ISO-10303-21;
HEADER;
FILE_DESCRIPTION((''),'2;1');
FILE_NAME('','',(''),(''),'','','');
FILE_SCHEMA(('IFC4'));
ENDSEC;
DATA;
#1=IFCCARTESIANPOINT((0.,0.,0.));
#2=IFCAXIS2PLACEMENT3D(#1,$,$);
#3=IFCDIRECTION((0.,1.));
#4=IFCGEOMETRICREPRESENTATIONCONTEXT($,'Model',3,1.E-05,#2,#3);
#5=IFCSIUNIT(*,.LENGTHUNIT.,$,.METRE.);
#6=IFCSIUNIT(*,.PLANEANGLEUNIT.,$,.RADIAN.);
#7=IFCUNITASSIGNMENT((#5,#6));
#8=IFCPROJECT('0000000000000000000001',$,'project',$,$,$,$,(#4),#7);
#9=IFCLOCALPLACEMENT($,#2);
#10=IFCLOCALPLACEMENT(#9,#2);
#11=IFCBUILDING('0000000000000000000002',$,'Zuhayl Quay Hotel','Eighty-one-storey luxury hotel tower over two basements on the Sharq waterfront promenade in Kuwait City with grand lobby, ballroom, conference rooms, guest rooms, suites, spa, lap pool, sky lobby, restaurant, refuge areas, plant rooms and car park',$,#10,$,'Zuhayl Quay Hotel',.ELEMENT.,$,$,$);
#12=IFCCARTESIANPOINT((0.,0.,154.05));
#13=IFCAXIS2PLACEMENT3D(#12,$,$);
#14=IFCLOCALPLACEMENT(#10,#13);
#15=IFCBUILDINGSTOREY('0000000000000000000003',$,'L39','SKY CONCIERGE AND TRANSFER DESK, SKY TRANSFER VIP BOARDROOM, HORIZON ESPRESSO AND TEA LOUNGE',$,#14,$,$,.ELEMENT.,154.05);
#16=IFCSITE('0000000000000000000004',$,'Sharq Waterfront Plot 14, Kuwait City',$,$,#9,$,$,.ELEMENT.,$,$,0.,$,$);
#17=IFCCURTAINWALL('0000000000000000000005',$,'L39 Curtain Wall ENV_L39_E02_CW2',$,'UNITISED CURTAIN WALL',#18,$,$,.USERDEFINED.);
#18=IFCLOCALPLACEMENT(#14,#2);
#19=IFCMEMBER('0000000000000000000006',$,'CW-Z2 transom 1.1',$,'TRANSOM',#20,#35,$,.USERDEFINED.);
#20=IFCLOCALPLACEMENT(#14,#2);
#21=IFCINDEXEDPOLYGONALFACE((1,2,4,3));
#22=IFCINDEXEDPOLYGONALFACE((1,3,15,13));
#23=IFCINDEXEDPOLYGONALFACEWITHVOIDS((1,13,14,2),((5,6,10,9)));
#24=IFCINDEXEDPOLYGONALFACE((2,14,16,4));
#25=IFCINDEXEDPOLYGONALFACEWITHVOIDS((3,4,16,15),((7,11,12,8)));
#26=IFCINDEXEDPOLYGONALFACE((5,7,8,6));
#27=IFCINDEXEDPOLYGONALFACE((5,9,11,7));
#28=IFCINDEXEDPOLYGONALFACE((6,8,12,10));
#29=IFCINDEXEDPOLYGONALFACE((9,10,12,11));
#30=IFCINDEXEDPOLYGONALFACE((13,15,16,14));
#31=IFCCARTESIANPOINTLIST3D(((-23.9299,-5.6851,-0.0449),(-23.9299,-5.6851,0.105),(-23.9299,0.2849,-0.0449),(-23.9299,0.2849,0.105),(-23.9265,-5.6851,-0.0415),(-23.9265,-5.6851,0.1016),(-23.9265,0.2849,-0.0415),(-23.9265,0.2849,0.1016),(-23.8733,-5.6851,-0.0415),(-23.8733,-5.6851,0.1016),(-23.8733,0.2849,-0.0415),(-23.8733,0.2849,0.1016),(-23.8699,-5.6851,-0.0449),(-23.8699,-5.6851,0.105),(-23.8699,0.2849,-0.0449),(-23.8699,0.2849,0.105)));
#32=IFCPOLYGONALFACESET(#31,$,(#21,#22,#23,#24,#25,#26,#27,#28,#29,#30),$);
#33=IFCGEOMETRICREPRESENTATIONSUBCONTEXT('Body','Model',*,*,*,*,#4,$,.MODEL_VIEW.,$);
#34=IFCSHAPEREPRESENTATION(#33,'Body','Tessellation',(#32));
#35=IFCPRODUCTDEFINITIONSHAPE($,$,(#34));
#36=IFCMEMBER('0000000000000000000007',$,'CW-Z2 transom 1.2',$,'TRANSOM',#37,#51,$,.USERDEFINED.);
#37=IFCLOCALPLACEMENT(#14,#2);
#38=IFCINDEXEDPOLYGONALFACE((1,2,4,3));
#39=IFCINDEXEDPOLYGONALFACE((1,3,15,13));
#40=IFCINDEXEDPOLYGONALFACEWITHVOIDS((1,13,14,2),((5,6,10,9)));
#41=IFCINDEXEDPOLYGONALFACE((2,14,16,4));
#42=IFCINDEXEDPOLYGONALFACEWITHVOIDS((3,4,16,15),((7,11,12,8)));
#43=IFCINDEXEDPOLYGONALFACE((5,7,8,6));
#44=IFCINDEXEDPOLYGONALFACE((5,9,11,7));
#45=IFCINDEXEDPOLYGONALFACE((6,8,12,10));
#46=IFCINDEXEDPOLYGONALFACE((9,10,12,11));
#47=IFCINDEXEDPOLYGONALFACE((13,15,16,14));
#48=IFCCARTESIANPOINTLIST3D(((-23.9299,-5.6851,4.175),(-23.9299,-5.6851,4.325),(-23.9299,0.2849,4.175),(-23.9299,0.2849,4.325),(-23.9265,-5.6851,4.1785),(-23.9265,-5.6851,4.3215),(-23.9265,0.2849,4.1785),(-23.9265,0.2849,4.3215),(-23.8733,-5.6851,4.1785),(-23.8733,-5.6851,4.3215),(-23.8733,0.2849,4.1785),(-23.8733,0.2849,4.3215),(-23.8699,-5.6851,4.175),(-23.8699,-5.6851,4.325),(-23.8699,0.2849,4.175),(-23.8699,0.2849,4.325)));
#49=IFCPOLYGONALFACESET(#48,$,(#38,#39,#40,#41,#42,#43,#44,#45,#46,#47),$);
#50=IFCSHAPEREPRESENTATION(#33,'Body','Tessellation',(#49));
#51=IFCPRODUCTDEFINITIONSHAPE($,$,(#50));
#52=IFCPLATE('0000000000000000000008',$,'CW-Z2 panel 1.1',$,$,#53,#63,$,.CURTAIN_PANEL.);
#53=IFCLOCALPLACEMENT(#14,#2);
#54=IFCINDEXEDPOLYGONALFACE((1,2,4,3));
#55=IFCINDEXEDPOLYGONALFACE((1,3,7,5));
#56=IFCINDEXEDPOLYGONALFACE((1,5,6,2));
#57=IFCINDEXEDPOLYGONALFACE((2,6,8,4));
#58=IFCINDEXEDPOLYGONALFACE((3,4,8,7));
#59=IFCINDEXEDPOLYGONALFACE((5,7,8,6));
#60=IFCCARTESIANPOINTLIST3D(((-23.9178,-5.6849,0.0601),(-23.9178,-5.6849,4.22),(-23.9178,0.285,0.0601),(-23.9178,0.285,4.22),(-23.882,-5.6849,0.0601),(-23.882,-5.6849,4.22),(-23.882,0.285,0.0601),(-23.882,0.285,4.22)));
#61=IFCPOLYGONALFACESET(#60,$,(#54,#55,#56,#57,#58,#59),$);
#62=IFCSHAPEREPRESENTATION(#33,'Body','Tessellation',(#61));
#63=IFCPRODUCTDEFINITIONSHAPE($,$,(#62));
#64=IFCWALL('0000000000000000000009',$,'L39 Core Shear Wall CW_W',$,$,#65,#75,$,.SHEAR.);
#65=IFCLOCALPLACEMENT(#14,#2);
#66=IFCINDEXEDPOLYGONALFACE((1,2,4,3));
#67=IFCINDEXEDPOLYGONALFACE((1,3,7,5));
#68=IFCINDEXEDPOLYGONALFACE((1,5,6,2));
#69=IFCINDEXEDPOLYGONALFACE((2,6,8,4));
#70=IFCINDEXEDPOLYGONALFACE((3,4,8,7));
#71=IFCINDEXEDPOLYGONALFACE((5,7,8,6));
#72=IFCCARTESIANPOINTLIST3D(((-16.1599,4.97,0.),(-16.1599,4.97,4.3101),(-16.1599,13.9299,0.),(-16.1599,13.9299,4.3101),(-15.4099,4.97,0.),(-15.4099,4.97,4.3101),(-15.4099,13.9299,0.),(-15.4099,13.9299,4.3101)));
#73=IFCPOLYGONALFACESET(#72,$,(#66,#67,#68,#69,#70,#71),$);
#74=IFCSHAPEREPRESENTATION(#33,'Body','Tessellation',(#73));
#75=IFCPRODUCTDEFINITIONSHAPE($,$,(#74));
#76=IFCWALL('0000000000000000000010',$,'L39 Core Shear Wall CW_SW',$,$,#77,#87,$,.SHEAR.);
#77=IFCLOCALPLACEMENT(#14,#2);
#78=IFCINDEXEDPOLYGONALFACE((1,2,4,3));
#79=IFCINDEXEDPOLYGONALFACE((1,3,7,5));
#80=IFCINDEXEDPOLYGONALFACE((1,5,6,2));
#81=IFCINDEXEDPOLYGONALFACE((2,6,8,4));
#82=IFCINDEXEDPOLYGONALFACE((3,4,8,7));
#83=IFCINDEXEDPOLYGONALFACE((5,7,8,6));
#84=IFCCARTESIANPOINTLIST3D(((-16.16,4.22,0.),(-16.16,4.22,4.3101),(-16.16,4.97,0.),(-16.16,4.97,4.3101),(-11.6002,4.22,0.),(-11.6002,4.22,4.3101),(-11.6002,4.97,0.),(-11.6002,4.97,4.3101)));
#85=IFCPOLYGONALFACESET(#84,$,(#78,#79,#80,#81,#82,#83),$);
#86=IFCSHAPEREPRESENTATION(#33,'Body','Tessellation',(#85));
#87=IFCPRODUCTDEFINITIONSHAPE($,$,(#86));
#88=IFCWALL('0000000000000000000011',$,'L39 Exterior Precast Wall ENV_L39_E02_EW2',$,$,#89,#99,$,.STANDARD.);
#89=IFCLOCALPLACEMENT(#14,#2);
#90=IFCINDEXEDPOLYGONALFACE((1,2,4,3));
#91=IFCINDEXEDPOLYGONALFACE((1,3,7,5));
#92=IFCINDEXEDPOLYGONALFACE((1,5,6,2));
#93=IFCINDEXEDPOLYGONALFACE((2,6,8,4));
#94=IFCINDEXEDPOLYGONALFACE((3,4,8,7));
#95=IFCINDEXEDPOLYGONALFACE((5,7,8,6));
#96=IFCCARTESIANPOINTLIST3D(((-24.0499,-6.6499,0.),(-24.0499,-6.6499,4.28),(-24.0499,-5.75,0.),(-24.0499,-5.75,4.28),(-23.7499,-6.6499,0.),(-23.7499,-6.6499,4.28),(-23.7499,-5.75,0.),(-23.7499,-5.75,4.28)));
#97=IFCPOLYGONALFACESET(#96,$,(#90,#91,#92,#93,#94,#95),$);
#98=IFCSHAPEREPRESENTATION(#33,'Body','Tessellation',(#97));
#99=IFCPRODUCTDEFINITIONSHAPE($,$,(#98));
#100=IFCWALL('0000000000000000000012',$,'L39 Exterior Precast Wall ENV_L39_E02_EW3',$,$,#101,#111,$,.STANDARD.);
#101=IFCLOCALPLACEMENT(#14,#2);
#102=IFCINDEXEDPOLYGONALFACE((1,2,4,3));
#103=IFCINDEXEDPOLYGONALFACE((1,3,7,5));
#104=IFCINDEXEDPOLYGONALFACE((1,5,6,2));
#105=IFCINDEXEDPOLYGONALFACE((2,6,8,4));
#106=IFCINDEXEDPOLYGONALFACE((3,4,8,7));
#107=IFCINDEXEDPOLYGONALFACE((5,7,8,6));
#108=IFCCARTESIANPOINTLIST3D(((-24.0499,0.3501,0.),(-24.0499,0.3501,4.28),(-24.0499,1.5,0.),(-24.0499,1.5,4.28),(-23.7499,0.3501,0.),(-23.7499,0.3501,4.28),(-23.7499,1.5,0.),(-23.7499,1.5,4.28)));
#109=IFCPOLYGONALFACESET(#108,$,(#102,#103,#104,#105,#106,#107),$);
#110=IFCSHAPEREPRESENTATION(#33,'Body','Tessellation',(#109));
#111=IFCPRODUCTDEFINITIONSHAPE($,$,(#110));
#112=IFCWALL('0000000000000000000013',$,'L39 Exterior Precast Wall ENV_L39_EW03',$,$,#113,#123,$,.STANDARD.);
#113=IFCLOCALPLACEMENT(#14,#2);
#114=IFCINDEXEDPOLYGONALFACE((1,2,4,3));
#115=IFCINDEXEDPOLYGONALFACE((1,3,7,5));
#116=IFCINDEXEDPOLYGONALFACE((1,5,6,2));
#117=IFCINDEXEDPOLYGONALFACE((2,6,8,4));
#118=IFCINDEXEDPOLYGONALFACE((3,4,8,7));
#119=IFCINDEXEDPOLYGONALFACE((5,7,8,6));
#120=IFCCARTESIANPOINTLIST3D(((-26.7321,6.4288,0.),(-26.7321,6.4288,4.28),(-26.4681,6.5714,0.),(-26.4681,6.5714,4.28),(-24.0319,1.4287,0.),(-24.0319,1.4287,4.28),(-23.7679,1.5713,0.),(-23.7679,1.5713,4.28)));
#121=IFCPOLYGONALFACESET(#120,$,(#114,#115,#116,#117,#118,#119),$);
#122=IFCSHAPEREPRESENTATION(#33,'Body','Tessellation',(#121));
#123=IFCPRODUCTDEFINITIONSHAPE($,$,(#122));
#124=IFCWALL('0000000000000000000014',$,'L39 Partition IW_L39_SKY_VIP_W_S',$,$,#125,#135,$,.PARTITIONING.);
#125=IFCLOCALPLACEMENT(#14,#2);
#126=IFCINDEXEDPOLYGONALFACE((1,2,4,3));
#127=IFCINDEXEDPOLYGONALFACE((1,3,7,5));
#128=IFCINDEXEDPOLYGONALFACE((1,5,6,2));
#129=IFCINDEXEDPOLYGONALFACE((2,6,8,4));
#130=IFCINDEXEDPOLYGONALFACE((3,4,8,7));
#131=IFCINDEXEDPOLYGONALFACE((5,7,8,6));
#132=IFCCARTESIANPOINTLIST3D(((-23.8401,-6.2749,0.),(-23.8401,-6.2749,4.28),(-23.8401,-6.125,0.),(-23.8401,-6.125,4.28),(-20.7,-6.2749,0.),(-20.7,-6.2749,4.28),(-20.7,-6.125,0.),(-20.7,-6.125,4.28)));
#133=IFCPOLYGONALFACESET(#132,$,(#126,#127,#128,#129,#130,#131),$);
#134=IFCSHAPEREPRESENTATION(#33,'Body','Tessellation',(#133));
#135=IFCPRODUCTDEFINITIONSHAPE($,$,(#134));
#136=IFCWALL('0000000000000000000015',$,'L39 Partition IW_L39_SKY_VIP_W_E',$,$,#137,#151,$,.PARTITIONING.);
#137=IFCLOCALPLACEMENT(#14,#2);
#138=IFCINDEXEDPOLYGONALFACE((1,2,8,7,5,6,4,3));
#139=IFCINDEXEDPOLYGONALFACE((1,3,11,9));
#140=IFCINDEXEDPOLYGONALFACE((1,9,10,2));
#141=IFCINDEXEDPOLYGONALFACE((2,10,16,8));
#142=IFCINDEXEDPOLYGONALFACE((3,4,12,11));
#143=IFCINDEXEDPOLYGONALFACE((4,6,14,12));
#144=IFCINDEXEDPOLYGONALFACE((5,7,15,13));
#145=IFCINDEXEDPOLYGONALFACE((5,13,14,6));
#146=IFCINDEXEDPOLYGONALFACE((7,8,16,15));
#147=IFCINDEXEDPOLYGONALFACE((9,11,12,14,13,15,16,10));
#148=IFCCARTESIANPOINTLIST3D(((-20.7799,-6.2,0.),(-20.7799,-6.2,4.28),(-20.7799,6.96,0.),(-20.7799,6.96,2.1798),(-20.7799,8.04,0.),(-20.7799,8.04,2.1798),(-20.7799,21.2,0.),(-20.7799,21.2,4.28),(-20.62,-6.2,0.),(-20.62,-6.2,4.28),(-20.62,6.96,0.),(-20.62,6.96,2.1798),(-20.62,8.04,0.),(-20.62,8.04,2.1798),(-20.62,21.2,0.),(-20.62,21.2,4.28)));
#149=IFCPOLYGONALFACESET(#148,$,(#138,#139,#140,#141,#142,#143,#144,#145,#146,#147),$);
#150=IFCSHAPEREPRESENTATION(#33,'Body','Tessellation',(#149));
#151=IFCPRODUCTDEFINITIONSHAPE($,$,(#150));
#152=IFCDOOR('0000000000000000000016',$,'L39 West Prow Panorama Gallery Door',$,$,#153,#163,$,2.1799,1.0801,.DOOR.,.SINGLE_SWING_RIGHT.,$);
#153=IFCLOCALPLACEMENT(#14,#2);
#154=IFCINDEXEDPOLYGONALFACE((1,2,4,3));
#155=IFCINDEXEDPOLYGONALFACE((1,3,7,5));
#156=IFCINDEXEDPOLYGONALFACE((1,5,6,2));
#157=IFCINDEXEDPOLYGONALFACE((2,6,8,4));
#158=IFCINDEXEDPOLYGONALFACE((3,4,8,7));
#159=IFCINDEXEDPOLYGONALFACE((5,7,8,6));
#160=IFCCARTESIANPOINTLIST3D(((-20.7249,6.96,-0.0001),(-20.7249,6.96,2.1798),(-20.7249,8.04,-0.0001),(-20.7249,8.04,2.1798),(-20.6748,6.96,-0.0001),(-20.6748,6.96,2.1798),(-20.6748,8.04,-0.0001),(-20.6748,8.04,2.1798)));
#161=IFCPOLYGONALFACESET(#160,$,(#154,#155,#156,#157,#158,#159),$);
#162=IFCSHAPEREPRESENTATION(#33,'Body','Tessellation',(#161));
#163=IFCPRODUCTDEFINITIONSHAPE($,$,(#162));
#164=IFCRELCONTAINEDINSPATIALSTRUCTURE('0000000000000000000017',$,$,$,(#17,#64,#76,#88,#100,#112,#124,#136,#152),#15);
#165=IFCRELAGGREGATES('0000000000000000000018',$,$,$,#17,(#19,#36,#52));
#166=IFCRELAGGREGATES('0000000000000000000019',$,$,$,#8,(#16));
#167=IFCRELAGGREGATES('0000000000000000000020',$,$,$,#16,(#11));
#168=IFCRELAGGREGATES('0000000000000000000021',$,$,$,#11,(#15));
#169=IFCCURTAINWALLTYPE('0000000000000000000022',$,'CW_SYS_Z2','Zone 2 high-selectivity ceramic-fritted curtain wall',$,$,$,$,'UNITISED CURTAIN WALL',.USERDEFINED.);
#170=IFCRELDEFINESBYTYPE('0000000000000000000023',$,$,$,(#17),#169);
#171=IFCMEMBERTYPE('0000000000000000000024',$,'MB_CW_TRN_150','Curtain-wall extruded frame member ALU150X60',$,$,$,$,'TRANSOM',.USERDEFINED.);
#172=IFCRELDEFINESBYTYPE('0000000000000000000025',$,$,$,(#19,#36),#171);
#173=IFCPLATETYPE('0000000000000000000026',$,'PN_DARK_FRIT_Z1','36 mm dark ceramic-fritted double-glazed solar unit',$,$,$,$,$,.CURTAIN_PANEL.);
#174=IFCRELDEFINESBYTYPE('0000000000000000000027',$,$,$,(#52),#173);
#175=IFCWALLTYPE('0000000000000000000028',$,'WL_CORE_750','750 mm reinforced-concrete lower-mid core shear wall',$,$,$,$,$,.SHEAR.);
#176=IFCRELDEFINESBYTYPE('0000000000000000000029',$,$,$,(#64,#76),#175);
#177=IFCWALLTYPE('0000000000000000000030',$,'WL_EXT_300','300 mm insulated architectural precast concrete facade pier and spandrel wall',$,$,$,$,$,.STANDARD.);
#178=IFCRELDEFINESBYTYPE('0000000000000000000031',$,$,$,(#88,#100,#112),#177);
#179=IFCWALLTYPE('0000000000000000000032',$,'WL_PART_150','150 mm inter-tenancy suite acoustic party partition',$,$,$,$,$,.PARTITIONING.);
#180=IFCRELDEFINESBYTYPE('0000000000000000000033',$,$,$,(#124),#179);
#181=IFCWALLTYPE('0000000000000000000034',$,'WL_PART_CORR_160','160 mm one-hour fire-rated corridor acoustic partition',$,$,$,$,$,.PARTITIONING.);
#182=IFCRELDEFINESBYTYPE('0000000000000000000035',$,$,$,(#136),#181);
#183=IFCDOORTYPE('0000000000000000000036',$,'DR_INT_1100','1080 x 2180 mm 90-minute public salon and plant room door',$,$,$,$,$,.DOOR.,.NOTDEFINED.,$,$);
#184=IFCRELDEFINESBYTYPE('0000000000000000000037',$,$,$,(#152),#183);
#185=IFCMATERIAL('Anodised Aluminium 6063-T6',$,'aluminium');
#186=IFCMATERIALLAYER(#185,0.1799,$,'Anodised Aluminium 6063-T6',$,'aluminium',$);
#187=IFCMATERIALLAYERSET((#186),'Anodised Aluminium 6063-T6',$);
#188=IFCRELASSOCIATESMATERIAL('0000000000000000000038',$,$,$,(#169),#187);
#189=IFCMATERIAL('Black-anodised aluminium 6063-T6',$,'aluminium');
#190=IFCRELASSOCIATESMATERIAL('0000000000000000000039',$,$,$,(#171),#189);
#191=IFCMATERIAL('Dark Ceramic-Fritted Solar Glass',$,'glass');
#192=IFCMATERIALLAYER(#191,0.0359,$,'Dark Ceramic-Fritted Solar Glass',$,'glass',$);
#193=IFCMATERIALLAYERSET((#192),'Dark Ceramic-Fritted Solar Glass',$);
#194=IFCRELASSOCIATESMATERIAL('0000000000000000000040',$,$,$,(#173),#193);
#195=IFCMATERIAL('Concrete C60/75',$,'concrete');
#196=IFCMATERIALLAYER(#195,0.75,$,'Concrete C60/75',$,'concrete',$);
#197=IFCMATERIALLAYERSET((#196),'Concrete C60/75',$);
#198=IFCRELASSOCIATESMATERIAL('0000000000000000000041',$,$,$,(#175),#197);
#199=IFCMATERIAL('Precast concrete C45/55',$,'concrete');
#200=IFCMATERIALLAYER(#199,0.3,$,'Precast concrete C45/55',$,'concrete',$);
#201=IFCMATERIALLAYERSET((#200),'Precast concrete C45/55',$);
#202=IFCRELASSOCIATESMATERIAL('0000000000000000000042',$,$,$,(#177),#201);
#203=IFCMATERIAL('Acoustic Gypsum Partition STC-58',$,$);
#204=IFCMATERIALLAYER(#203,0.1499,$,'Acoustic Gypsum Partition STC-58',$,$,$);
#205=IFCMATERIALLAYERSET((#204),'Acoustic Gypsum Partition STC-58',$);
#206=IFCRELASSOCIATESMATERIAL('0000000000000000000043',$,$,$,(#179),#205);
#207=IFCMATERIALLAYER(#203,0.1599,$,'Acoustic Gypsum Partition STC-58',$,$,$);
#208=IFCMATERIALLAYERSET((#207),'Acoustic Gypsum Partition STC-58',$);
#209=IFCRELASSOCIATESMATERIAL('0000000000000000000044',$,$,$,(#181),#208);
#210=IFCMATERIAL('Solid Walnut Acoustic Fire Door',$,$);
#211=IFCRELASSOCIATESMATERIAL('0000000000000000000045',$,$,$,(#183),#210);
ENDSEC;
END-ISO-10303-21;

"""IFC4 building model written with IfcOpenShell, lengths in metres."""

from ifc_helpers import new_model, si_unit, direction, frame, frame_2d, origin, origin_2d, place, context, subcontext, project, spatial, rectangle, hollow_rectangle, extrude, material, layer, layer_set, material_profile, profile_set, type_object, element, fill, aggregate, save


model = new_model("IFC4")

# Units and contexts
model_context = context("Model", 3, precision=1e-05, world=origin(), true_north=direction((0.0, 1.0)))
body_context = subcontext(model_context, "Body", "Model", "MODEL_VIEW")
ifc_project = project(units=[si_unit("LENGTHUNIT", "METRE"), si_unit("PLANEANGLEUNIT", "RADIAN")], contexts=[model_context])

# Site, building, storey
site_placement = place(None, origin())
site = spatial("IfcSite", under=ifc_project, at=site_placement, Name="Sharq Waterfront Plot 14, Kuwait City", CompositionType="ELEMENT", RefElevation=0.0)
building_placement = place(site_placement, origin())
building = spatial("IfcBuilding", under=site, at=building_placement, Name="Zuhayl Quay Hotel", Description="Eighty-one-storey luxury hotel tower over two basements on the Sharq waterfront promenade in Kuwait City with grand lobby, ballroom, conference rooms, guest rooms, suites, spa, lap pool, sky lobby, restaurant, refuge areas, plant rooms and car park", LongName="Zuhayl Quay Hotel", CompositionType="ELEMENT")
storey_placement = place(building_placement, frame((0.0, 0.0, 154.05)))
storey = spatial("IfcBuildingStorey", under=building, at=storey_placement, Name="L39", Description="SKY CONCIERGE AND TRANSFER DESK, SKY TRANSFER VIP BOARDROOM, HORIZON ESPRESSO AND TEA LOUNGE", CompositionType="ELEMENT", Elevation=154.05)

# Shared definitions
ifc_material_1 = material(Name="Anodised Aluminium 6063-T6", Category="aluminium")
ifc_layer_1 = layer(ifc_material_1, 0.1799, Name="Anodised Aluminium 6063-T6", Category="aluminium")
ifc_layer_set_1 = layer_set([ifc_layer_1], Name="Anodised Aluminium 6063-T6")
curtain_wall_type = type_object("IfcCurtainWallType", Name="CW_SYS_Z2", Description="Zone 2 high-selectivity ceramic-fritted curtain wall", ElementType="UNITISED CURTAIN WALL", PredefinedType="USERDEFINED", material=ifc_layer_set_1)
ifc_material_2 = material(Name="Black-anodised aluminium 6063-T6", Category="aluminium")

# Curtain wall, members, plate
curtain_wall_1_placement = place(storey_placement, origin())
curtain_wall_1 = element("IfcCurtainWall", 1, at=curtain_wall_1_placement, inside=storey, type_object=curtain_wall_type, Name="L39 Curtain Wall ENV_L39_E02_CW2", ObjectType="UNITISED CURTAIN WALL", PredefinedType="USERDEFINED")
ifc_material_profile_1 = material_profile(ifc_material_2, hollow_rectangle(XDim=0.0601, YDim=0.1499, WallThickness=0.0034, at=origin_2d()), Name="ALU150X60")
ifc_profile_set_1 = profile_set([ifc_material_profile_1], Name="Black-anodised aluminium 6063-T6")
member_type_1 = type_object("IfcMemberType", Name="MB_CW_TRN_150", Description="Curtain-wall extruded frame member ALU150X60", ElementType="TRANSOM", PredefinedType="USERDEFINED", material=ifc_profile_set_1)
member_1_placement = place(storey_placement, frame((-23.8999, -5.6851, 0.03), z_axis=(0.0, 1.0, 0.0), x_axis=(-1.0, 0.0, 0.0)))
member_1 = element("IfcMember", 2, at=member_1_placement, type_object=member_type_1, Name="CW-Z2 transom 1.1", ObjectType="TRANSOM", PredefinedType="USERDEFINED", context=body_context, shape_type="SweptSolid", body=[
    extrude(hollow_rectangle(XDim=0.0601, YDim=0.1499, WallThickness=0.0034, at=origin_2d()), origin(), (0.0, 0.0, 1.0), 5.97),
])
member_2_placement = place(storey_placement, frame((-23.8999, -5.6851, 4.25), z_axis=(0.0, 1.0, 0.0), x_axis=(-1.0, 0.0, 0.0)))
member_2 = element("IfcMember", 3, at=member_2_placement, type_object=member_type_1, Name="CW-Z2 transom 1.2", ObjectType="TRANSOM", PredefinedType="USERDEFINED", context=body_context, shape_type="SweptSolid", body=[
    extrude(hollow_rectangle(XDim=0.0601, YDim=0.1499, WallThickness=0.0034, at=origin_2d()), origin(), (0.0, 0.0, 1.0), 5.97),
])
ifc_material_3 = material(Name="Dark Ceramic-Fritted Solar Glass", Category="glass")
ifc_layer_2 = layer(ifc_material_3, 0.0359, Name="Dark Ceramic-Fritted Solar Glass", Category="glass")
ifc_layer_set_2 = layer_set([ifc_layer_2], Name="Dark Ceramic-Fritted Solar Glass")
plate_type = type_object("IfcPlateType", Name="PN_DARK_FRIT_Z1", Description="36 mm dark ceramic-fritted double-glazed solar unit", PredefinedType="CURTAIN_PANEL", material=ifc_layer_set_2)
plate_placement = place(storey_placement, frame((-23.8999, -2.7, 0.0601), z_axis=(0.0, 0.0, 1.0), x_axis=(0.0, 1.0, 0.0)))
plate = element("IfcPlate", 4, at=plate_placement, type_object=plate_type, Name="CW-Z2 panel 1.1", PredefinedType="CURTAIN_PANEL", context=body_context, shape_type="SweptSolid", body=[
    extrude(rectangle(XDim=5.97, YDim=0.0359, at=origin_2d()), origin(), (0.0, 0.0, 1.0), 4.1599),
])
aggregate(curtain_wall_1, [member_1, member_2, plate])

# Walls
ifc_material_4 = material(Name="Concrete C60/75", Category="concrete")
ifc_layer_3 = layer(ifc_material_4, 0.75, Name="Concrete C60/75", Category="concrete")
ifc_layer_set_3 = layer_set([ifc_layer_3], Name="Concrete C60/75")
wall_type_1 = type_object("IfcWallType", Name="WL_CORE_750", Description="750 mm reinforced-concrete lower-mid core shear wall", PredefinedType="SHEAR", material=ifc_layer_set_3)
wall_1_placement = place(storey_placement, frame((-15.7849, 4.97, 0.0), z_axis=(0.0, 0.0, 1.0), x_axis=(0.0, 1.0, 0.0)))
element("IfcWall", 5, at=wall_1_placement, inside=storey, type_object=wall_type_1, Name="L39 Core Shear Wall CW_W", PredefinedType="SHEAR", context=body_context, shape_type="SweptSolid", body=[
    extrude(rectangle(XDim=8.96, YDim=0.75, at=frame_2d((4.48, 0.0))), origin(), (0.0, 0.0, 1.0), 4.3101),
])
wall_2_placement = place(storey_placement, frame((-16.1599, 4.595, 0.0), z_axis=(0.0, 0.0, 1.0), x_axis=(1.0, 0.0, 0.0)))
element("IfcWall", 6, at=wall_2_placement, inside=storey, type_object=wall_type_1, Name="L39 Core Shear Wall CW_SW", PredefinedType="SHEAR", context=body_context, shape_type="SweptSolid", body=[
    extrude(rectangle(XDim=4.5598, YDim=0.75, at=frame_2d((2.2798, 0.0))), origin(), (0.0, 0.0, 1.0), 4.3101),
])
ifc_material_5 = material(Name="Precast concrete C45/55", Category="concrete")
ifc_layer_4 = layer(ifc_material_5, 0.3, Name="Precast concrete C45/55", Category="concrete")
ifc_layer_set_4 = layer_set([ifc_layer_4], Name="Precast concrete C45/55")
wall_type_2 = type_object("IfcWallType", Name="WL_EXT_300", Description="300 mm insulated architectural precast concrete facade pier and spandrel wall", PredefinedType="STANDARD", material=ifc_layer_set_4)
wall_3_placement = place(storey_placement, frame((-23.8999, -6.6499, 0.0), z_axis=(0.0, 0.0, 1.0), x_axis=(0.0, 1.0, 0.0)))
element("IfcWall", 7, at=wall_3_placement, inside=storey, type_object=wall_type_2, Name="L39 Exterior Precast Wall ENV_L39_E02_EW2", PredefinedType="STANDARD", context=body_context, shape_type="SweptSolid", body=[
    extrude(rectangle(XDim=0.8999, YDim=0.3, at=frame_2d((0.45, 0.0))), origin(), (0.0, 0.0, 1.0), 4.28),
])
wall_4_placement = place(storey_placement, frame((-23.8999, 0.3501, 0.0), z_axis=(0.0, 0.0, 1.0), x_axis=(0.0, 1.0, 0.0)))
element("IfcWall", 8, at=wall_4_placement, inside=storey, type_object=wall_type_2, Name="L39 Exterior Precast Wall ENV_L39_E02_EW3", PredefinedType="STANDARD", context=body_context, shape_type="SweptSolid", body=[
    extrude(rectangle(XDim=1.1499, YDim=0.3, at=frame_2d((0.575, 0.0))), origin(), (0.0, 0.0, 1.0), 4.28),
])
wall_5_placement = place(storey_placement, frame((-23.8999, 1.5, 0.0), z_axis=(0.0, 0.0, 1.0), x_axis=(-0.475176, 0.879891, 0.0)))
element("IfcWall", 9, at=wall_5_placement, inside=storey, type_object=wall_type_2, Name="L39 Exterior Precast Wall ENV_L39_EW03", PredefinedType="STANDARD", context=body_context, shape_type="SweptSolid", body=[
    extrude(rectangle(XDim=5.6826, YDim=0.3, at=frame_2d((2.8413, 0.0))), origin(), (0.0, 0.0, 1.0), 4.28),
])
ifc_material_6 = material(Name="Acoustic Gypsum Partition STC-58")
ifc_layer_5 = layer(ifc_material_6, 0.1499, Name="Acoustic Gypsum Partition STC-58")
ifc_layer_set_5 = layer_set([ifc_layer_5], Name="Acoustic Gypsum Partition STC-58")
wall_type_3 = type_object("IfcWallType", Name="WL_PART_150", Description="150 mm inter-tenancy suite acoustic party partition", PredefinedType="PARTITIONING", material=ifc_layer_set_5)
wall_6_placement = place(storey_placement, frame((-23.8401, -6.2, 0.0), z_axis=(0.0, 0.0, 1.0), x_axis=(1.0, 0.0, 0.0)))
element("IfcWall", 10, at=wall_6_placement, inside=storey, type_object=wall_type_3, Name="L39 Partition IW_L39_SKY_VIP_W_S", PredefinedType="PARTITIONING", context=body_context, shape_type="SweptSolid", body=[
    extrude(rectangle(XDim=3.1401, YDim=0.1499, at=frame_2d((1.5701, 0.0))), origin(), (0.0, 0.0, 1.0), 4.28),
])

# Wall, opening, door
ifc_layer_6 = layer(ifc_material_6, 0.1599, Name="Acoustic Gypsum Partition STC-58")
ifc_layer_set_6 = layer_set([ifc_layer_6], Name="Acoustic Gypsum Partition STC-58")
wall_type_4 = type_object("IfcWallType", Name="WL_PART_CORR_160", Description="160 mm one-hour fire-rated corridor acoustic partition", PredefinedType="PARTITIONING", material=ifc_layer_set_6)
wall_7_placement = place(storey_placement, frame((-20.7, -6.2, 0.0), z_axis=(0.0, 0.0, 1.0), x_axis=(0.0, 1.0, 0.0)))
wall_7 = element("IfcWall", 11, at=wall_7_placement, inside=storey, type_object=wall_type_4, Name="L39 Partition IW_L39_SKY_VIP_W_E", PredefinedType="PARTITIONING", context=body_context, shape_type="SweptSolid", body=[
    extrude(rectangle(XDim=27.3999, YDim=0.1599, at=frame_2d((13.7, 0.0))), origin(), (0.0, 0.0, 1.0), 4.28),
])
opening_1_placement = place(wall_7_placement, frame((13.1599, 0.0, 0.0)))
opening_1 = element("IfcOpeningElement", 12, at=opening_1_placement, cuts=wall_7, PredefinedType="OPENING", context=body_context, shape_type="SweptSolid", body=[
    extrude(rectangle(XDim=1.0801, YDim=2.1799, at=frame_2d((0.54, 1.0898))), frame((0.0, 0.0898, 0.0), z_axis=(0.0, -1.0, 0.0), x_axis=(1.0, 0.0, 0.0)), (0.0, 0.0, 1.0), 0.1799),
])
ifc_material_7 = material(Name="Solid Walnut Acoustic Fire Door")
door_type = type_object("IfcDoorType", Name="DR_INT_1100", Description="1080 x 2180 mm 90-minute public salon and plant room door", OperationType="NOTDEFINED", PredefinedType="DOOR", material=ifc_material_7)
door_1_placement = place(opening_1_placement, origin())
door_1 = element("IfcDoor", 13, at=door_1_placement, inside=storey, type_object=door_type, Name="L39 West Prow Panorama Gallery Door", OperationType="SINGLE_SWING_RIGHT", OverallHeight=2.1799, OverallWidth=1.0801, PredefinedType="DOOR", context=body_context, shape_type="SweptSolid", body=[
    extrude(rectangle(XDim=1.0801, YDim=2.1799, at=frame_2d((0.54, 1.0898))), frame((0.0, 0.0249, 0.0), z_axis=(0.0, -1.0, 0.0), x_axis=(1.0, 0.0, 0.0)), (0.0, 0.0, 1.0), 0.05),
])
fill(opening_1, door_1)

save(model, "model.ifc")
